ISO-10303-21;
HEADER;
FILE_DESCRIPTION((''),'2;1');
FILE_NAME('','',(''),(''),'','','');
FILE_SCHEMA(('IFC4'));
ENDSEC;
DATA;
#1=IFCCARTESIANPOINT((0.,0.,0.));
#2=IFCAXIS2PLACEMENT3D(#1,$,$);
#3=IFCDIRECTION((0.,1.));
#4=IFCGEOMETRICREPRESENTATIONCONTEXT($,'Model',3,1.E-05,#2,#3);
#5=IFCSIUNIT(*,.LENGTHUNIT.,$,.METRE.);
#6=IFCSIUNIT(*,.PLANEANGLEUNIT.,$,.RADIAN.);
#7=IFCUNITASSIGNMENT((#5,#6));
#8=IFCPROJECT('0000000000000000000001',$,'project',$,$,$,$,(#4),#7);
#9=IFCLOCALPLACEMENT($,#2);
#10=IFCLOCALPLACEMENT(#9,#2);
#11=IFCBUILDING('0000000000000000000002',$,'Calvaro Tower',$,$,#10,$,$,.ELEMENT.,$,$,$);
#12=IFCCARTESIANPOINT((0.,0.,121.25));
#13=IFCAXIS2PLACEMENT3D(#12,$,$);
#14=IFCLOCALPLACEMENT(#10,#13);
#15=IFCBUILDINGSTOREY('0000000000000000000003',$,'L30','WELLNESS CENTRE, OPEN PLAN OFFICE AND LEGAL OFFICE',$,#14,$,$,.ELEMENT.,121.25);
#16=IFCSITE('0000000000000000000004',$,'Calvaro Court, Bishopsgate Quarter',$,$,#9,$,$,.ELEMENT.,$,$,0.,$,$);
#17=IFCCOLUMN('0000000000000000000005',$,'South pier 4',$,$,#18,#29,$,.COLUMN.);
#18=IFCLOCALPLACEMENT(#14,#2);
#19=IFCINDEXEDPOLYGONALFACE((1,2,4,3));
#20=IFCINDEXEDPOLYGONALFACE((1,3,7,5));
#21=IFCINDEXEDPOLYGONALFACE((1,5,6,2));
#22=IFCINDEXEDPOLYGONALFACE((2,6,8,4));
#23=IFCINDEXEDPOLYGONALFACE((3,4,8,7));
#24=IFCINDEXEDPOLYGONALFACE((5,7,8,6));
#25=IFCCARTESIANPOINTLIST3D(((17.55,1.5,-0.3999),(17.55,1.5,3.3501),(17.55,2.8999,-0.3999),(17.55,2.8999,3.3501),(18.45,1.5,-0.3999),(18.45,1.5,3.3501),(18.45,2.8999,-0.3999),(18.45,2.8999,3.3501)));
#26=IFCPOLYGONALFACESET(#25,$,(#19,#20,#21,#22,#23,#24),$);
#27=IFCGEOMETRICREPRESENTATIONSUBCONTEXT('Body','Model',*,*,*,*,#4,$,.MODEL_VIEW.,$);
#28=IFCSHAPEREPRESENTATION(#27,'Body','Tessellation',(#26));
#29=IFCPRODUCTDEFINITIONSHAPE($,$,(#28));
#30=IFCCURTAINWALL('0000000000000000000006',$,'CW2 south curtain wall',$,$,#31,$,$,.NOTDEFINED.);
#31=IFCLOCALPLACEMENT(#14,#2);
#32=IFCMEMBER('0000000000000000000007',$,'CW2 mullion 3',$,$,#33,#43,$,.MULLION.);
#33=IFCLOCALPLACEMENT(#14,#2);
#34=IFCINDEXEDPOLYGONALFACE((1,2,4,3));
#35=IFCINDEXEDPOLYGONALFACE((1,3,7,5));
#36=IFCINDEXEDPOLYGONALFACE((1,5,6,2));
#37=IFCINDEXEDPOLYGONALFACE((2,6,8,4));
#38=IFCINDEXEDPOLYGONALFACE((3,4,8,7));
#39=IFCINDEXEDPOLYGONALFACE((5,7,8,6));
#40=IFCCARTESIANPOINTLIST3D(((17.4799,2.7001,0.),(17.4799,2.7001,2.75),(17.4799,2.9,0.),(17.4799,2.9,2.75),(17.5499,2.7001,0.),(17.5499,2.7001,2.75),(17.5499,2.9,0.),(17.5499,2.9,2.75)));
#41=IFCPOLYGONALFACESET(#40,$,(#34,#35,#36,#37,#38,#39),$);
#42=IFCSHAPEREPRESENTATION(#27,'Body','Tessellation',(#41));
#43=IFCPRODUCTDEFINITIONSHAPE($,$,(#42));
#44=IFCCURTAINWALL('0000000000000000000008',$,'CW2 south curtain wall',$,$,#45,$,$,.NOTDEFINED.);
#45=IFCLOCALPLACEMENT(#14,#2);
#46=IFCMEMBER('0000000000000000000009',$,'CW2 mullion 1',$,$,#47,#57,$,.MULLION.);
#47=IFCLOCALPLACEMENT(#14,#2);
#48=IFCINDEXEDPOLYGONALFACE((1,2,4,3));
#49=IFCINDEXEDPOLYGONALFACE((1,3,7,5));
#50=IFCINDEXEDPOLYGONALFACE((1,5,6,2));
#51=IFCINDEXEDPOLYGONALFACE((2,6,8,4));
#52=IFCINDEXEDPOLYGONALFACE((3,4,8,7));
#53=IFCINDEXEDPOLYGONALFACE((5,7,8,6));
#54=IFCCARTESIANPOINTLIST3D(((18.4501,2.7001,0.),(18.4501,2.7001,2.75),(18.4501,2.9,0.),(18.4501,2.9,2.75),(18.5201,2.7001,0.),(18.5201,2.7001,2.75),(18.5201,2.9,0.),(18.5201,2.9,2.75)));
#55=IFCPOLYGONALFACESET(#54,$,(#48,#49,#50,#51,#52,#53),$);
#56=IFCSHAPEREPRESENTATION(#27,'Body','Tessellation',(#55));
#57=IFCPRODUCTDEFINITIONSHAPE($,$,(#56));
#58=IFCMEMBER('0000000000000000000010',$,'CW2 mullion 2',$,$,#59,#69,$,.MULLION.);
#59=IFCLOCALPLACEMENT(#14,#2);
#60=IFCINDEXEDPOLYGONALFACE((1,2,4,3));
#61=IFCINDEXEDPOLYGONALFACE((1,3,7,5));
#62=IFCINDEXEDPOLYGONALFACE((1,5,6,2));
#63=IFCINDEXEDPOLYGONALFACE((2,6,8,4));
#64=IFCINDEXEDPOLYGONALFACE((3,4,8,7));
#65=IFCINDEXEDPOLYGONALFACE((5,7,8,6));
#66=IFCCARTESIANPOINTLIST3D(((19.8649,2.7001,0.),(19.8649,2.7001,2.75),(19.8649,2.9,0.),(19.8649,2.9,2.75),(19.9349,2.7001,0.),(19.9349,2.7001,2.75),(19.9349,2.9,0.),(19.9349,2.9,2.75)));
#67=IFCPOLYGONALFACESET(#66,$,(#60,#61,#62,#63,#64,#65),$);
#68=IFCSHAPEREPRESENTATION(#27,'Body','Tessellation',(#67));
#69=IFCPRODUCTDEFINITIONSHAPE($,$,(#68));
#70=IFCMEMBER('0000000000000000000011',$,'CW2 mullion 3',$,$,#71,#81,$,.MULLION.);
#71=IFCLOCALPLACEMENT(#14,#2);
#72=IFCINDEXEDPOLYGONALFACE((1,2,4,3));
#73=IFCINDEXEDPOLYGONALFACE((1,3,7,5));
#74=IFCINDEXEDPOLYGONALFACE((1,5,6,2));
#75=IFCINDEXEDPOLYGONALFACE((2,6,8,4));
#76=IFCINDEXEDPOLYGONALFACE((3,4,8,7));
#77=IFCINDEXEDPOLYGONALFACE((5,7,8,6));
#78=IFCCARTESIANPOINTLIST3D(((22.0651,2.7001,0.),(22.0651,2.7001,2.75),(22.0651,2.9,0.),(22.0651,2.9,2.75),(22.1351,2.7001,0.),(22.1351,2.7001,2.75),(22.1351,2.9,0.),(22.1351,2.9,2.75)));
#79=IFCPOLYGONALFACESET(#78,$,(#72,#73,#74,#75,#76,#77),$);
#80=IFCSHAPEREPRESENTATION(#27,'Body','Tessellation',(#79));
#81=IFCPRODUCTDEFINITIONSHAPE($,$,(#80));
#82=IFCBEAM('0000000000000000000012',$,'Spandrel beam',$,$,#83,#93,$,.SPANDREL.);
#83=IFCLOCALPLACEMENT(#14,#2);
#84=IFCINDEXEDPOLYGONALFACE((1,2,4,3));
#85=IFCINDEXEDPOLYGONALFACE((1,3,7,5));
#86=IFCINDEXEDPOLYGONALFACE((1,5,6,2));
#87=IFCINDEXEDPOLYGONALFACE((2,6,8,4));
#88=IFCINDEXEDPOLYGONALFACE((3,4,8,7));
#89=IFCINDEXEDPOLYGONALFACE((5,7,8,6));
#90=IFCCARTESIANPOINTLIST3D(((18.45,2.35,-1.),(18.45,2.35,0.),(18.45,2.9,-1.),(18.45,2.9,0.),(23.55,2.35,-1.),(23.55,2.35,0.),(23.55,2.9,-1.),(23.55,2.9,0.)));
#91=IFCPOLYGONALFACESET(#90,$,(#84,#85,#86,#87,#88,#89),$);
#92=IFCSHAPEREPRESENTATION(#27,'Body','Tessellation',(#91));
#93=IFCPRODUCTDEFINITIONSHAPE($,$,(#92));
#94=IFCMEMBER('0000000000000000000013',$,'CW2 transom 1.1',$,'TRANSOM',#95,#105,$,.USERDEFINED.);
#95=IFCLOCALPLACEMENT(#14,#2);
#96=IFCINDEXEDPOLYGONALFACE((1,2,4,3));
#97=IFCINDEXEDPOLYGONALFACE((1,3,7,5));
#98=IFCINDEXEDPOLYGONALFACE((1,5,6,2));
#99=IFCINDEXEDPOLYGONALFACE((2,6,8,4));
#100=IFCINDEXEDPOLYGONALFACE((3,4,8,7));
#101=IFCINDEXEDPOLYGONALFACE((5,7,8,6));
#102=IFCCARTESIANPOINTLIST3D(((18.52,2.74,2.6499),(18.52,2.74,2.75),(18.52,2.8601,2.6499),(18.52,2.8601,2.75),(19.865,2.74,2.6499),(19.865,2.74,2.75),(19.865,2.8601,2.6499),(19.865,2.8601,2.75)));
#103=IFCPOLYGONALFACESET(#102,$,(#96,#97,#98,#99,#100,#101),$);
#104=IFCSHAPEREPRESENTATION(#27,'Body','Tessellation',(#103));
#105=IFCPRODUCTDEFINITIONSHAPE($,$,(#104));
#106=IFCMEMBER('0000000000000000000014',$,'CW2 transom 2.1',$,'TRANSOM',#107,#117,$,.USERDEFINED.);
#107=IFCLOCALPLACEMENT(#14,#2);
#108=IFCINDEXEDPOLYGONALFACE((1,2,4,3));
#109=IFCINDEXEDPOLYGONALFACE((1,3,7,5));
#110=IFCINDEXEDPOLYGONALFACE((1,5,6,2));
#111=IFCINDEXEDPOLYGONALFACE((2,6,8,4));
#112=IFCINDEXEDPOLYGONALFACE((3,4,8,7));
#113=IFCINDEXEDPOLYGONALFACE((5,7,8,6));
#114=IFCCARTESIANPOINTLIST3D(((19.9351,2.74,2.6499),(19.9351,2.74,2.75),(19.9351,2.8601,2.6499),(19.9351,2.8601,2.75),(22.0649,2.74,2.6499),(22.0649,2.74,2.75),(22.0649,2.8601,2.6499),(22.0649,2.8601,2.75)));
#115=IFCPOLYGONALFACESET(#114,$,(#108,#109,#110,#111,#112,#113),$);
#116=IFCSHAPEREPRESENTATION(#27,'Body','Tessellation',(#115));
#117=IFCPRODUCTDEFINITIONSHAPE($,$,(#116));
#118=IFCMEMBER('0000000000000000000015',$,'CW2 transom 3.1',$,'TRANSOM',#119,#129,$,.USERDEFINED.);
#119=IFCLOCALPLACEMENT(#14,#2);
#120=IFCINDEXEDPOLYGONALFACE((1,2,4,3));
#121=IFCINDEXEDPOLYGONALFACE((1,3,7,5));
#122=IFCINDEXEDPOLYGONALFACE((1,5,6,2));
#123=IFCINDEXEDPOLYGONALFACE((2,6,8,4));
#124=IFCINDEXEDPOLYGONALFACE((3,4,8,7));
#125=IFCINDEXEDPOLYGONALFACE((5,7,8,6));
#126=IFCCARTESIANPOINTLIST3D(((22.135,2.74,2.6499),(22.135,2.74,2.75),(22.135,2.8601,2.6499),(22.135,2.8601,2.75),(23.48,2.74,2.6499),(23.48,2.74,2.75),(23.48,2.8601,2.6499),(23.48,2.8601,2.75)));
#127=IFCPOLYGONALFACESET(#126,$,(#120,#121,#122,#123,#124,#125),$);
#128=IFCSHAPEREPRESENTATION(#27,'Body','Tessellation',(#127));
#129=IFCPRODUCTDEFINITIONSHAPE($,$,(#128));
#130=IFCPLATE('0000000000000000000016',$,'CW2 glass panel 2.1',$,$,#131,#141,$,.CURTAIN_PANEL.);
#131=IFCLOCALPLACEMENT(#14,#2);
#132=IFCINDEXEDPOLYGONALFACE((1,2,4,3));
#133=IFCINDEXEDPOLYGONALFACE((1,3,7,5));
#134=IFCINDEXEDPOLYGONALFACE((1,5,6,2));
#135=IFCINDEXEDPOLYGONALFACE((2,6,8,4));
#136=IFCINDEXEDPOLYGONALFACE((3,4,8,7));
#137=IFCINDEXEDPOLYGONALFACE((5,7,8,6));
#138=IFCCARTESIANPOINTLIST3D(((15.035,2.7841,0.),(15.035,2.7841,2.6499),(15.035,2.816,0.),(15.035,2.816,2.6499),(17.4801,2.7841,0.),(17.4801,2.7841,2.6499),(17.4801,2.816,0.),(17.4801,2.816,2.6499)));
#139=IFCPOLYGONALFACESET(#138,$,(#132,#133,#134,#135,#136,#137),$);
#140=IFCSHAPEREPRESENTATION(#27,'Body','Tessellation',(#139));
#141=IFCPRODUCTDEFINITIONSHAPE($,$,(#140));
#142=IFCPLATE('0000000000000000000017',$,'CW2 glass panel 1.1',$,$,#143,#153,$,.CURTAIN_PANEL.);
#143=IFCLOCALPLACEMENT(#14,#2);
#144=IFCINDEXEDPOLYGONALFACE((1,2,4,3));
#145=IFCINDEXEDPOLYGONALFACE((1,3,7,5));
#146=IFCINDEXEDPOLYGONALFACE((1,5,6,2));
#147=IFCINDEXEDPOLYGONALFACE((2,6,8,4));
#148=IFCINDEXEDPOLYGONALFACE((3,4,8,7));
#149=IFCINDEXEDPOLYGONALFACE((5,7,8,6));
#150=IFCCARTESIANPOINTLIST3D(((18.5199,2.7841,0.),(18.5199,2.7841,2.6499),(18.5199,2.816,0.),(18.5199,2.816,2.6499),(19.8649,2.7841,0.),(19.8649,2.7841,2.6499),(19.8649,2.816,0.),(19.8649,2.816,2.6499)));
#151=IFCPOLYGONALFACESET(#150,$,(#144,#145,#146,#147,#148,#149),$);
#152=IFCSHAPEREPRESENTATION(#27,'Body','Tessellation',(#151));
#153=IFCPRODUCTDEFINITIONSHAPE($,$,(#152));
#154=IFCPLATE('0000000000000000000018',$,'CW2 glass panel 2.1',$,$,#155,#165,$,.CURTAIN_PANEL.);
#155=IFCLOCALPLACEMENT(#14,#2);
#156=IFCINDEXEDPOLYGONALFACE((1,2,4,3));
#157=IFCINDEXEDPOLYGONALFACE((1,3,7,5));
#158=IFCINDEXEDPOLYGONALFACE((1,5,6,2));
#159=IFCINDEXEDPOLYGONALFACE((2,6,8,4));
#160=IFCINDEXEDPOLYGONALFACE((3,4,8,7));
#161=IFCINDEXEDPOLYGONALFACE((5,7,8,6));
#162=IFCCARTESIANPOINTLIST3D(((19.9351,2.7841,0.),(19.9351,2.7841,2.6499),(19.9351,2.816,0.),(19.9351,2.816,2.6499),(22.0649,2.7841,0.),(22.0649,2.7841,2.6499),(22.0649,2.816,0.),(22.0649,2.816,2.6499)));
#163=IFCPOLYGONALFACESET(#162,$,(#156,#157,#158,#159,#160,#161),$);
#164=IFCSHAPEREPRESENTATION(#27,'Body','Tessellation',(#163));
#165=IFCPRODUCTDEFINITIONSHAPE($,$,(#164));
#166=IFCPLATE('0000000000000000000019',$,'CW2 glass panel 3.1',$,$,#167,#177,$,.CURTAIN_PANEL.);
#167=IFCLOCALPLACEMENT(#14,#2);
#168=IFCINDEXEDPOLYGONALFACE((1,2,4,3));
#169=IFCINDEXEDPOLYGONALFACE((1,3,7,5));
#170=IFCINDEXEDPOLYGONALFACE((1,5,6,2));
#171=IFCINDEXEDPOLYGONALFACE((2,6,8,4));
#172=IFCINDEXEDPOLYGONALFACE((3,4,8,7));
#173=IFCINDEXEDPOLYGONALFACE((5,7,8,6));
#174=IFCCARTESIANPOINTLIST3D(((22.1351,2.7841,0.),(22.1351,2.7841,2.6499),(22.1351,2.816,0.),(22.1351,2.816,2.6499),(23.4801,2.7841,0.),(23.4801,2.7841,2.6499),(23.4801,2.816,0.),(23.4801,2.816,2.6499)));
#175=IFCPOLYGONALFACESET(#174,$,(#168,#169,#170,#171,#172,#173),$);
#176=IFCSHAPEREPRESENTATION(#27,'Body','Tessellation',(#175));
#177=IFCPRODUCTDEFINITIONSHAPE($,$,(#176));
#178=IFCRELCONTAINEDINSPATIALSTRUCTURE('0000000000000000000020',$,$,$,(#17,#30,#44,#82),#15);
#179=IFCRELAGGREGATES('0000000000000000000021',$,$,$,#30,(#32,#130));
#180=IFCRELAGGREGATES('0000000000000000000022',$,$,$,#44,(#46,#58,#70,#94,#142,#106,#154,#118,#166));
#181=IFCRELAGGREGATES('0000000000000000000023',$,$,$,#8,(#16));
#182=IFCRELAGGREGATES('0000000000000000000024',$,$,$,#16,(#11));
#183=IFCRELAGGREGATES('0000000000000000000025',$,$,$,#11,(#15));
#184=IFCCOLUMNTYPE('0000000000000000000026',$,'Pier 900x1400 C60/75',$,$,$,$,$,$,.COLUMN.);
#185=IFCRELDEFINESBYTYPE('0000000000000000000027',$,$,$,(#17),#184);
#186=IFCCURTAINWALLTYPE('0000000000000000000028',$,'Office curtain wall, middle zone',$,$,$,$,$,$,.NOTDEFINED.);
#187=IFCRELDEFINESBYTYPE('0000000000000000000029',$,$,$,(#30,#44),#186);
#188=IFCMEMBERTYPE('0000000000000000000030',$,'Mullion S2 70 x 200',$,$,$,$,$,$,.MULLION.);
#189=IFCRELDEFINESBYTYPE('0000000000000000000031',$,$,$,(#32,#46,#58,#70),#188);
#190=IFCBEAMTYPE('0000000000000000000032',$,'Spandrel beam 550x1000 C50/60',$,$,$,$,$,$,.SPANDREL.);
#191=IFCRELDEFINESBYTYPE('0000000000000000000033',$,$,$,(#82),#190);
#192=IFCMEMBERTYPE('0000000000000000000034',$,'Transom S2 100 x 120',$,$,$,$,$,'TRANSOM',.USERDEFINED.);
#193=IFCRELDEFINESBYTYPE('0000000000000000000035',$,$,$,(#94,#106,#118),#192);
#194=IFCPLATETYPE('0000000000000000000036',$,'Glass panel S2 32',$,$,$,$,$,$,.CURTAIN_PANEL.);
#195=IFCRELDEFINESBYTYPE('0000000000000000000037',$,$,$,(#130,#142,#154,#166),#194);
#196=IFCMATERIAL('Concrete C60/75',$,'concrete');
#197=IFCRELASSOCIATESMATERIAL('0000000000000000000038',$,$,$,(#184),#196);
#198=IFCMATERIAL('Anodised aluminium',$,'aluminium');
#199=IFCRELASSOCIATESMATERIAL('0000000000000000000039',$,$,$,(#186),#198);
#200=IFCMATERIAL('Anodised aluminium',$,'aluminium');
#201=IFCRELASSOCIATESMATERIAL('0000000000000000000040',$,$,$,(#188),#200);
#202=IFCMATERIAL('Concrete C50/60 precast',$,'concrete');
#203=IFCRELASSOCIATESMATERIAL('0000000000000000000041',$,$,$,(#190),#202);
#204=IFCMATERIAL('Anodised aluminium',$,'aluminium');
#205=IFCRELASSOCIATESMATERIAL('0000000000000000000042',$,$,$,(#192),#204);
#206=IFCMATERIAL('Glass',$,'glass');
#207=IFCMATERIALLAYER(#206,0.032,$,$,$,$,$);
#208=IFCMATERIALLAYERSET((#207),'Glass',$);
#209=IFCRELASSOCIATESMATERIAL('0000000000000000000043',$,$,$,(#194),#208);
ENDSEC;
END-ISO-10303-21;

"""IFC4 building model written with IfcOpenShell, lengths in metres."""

from ifc_helpers import new_model, si_unit, direction, frame, origin, origin_2d, place, context, subcontext, project, spatial, rectangle, extrude, material, layer, layer_set, material_profile, profile_set, type_object, element, aggregate, save


model = new_model("IFC4")

# Units and contexts
model_context = context("Model", 3, precision=1e-05, world=origin(), true_north=direction((0.0, 1.0)))
body_context = subcontext(model_context, "Body", "Model", "MODEL_VIEW")
ifc_project = project(units=[si_unit("LENGTHUNIT", "METRE"), si_unit("PLANEANGLEUNIT", "RADIAN")], contexts=[model_context])

# Site, building, storey
site_placement = place(None, origin())
site = spatial("IfcSite", under=ifc_project, at=site_placement, Name="Calvaro Court, Bishopsgate Quarter", CompositionType="ELEMENT", RefElevation=0.0)
building_placement = place(site_placement, origin())
building = spatial("IfcBuilding", under=site, at=building_placement, Name="Calvaro Tower", CompositionType="ELEMENT")
storey_placement = place(building_placement, frame((0.0, 0.0, 121.25)))
storey = spatial("IfcBuildingStorey", under=building, at=storey_placement, Name="L30", Description="WELLNESS CENTRE, OPEN PLAN OFFICE AND LEGAL OFFICE", CompositionType="ELEMENT", Elevation=121.25)

# Column
ifc_material_1 = material(Name="Concrete C60/75", Category="concrete")
ifc_material_profile_1 = material_profile(ifc_material_1, rectangle(XDim=0.8999, YDim=1.3999, at=origin_2d()), Name="RC 900x1400")
ifc_profile_set_1 = profile_set([ifc_material_profile_1], Name="Concrete C60/75")
column_type = type_object("IfcColumnType", Name="Pier 900x1400 C60/75", PredefinedType="COLUMN", material=ifc_profile_set_1)
column_placement = place(storey_placement, frame((18.0, 2.2, -0.3999), z_axis=(0.0, 0.0, 1.0), x_axis=(1.0, 0.0, 0.0)))
element("IfcColumn", 1, at=column_placement, inside=storey, type_object=column_type, Name="South pier 4", PredefinedType="COLUMN", context=body_context, shape_type="SweptSolid", body=[
    extrude(rectangle(XDim=0.8999, YDim=1.3999, at=origin_2d()), origin(), (0.0, 0.0, 1.0), 3.75),
])

# Curtain wall, member
ifc_material_2 = material(Name="Anodised aluminium", Category="aluminium")
curtain_wall_type = type_object("IfcCurtainWallType", Name="Office curtain wall, middle zone", PredefinedType="NOTDEFINED", material=ifc_material_2)
curtain_wall_1_placement = place(storey_placement, origin())
curtain_wall_1 = element("IfcCurtainWall", 2, at=curtain_wall_1_placement, inside=storey, type_object=curtain_wall_type, Name="CW2 south curtain wall", PredefinedType="NOTDEFINED")
ifc_material_3 = material(Name="Anodised aluminium", Category="aluminium")
ifc_material_profile_2 = material_profile(ifc_material_3, rectangle(XDim=0.2, YDim=0.0701, at=origin_2d()), Name="Mullion S2 70 x 200")
ifc_profile_set_2 = profile_set([ifc_material_profile_2], Name="Anodised aluminium")
member_type_1 = type_object("IfcMemberType", Name="Mullion S2 70 x 200", PredefinedType="MULLION", material=ifc_profile_set_2)
member_1_placement = place(storey_placement, frame((17.5149, 2.8, 0.0), z_axis=(0.0, 0.0, 1.0), x_axis=(0.0, 1.0, 0.0)))
member_1 = element("IfcMember", 3, at=member_1_placement, type_object=member_type_1, Name="CW2 mullion 3", PredefinedType="MULLION", context=body_context, shape_type="SweptSolid", body=[
    extrude(rectangle(XDim=0.2, YDim=0.0701, at=origin_2d()), origin(), (0.0, 0.0, 1.0), 2.75),
])

# Curtain wall, members
curtain_wall_2_placement = place(storey_placement, origin())
curtain_wall_2 = element("IfcCurtainWall", 4, at=curtain_wall_2_placement, inside=storey, type_object=curtain_wall_type, Name="CW2 south curtain wall", PredefinedType="NOTDEFINED")
member_2_placement = place(storey_placement, frame((18.4851, 2.8, 0.0), z_axis=(0.0, 0.0, 1.0), x_axis=(0.0, 1.0, 0.0)))
member_2 = element("IfcMember", 5, at=member_2_placement, type_object=member_type_1, Name="CW2 mullion 1", PredefinedType="MULLION", context=body_context, shape_type="SweptSolid", body=[
    extrude(rectangle(XDim=0.2, YDim=0.0701, at=origin_2d()), origin(), (0.0, 0.0, 1.0), 2.75),
])
member_3_placement = place(storey_placement, frame((19.8999, 2.8, 0.0), z_axis=(0.0, 0.0, 1.0), x_axis=(0.0, 1.0, 0.0)))
member_3 = element("IfcMember", 6, at=member_3_placement, type_object=member_type_1, Name="CW2 mullion 2", PredefinedType="MULLION", context=body_context, shape_type="SweptSolid", body=[
    extrude(rectangle(XDim=0.2, YDim=0.0701, at=origin_2d()), origin(), (0.0, 0.0, 1.0), 2.75),
])
member_4_placement = place(storey_placement, frame((22.1001, 2.8, 0.0), z_axis=(0.0, 0.0, 1.0), x_axis=(0.0, 1.0, 0.0)))
member_4 = element("IfcMember", 7, at=member_4_placement, type_object=member_type_1, Name="CW2 mullion 3", PredefinedType="MULLION", context=body_context, shape_type="SweptSolid", body=[
    extrude(rectangle(XDim=0.2, YDim=0.0701, at=origin_2d()), origin(), (0.0, 0.0, 1.0), 2.75),
])

# Beam
ifc_material_4 = material(Name="Concrete C50/60 precast", Category="concrete")
ifc_material_profile_3 = material_profile(ifc_material_4, rectangle(XDim=0.55, YDim=1.0, at=origin_2d()), Name="RC 550x1000")
ifc_profile_set_3 = profile_set([ifc_material_profile_3], Name="Concrete C50/60 precast")
beam_type = type_object("IfcBeamType", Name="Spandrel beam 550x1000 C50/60", PredefinedType="SPANDREL", material=ifc_profile_set_3)
beam_placement = place(storey_placement, frame((18.45, 2.625, -0.5), z_axis=(1.0, 0.0, 0.0), x_axis=(0.0, 1.0, 0.0)))
element("IfcBeam", 8, at=beam_placement, inside=storey, type_object=beam_type, Name="Spandrel beam", PredefinedType="SPANDREL", context=body_context, shape_type="SweptSolid", body=[
    extrude(rectangle(XDim=0.55, YDim=1.0, at=origin_2d()), origin(), (0.0, 0.0, 1.0), 5.1001),
])

# Members
ifc_material_5 = material(Name="Anodised aluminium", Category="aluminium")
ifc_material_profile_4 = material_profile(ifc_material_5, rectangle(XDim=0.1201, YDim=0.1001, at=origin_2d()), Name="Transom S2 100 x 120")
ifc_profile_set_4 = profile_set([ifc_material_profile_4], Name="Anodised aluminium")
member_type_2 = type_object("IfcMemberType", Name="Transom S2 100 x 120", ElementType="TRANSOM", PredefinedType="USERDEFINED", material=ifc_profile_set_4)
member_5_placement = place(storey_placement, frame((18.52, 2.8, 2.7), z_axis=(1.0, 0.0, 0.0), x_axis=(0.0, 1.0, 0.0)))
member_5 = element("IfcMember", 9, at=member_5_placement, type_object=member_type_2, Name="CW2 transom 1.1", ObjectType="TRANSOM", PredefinedType="USERDEFINED", context=body_context, shape_type="SweptSolid", body=[
    extrude(rectangle(XDim=0.1201, YDim=0.1001, at=origin_2d()), origin(), (0.0, 0.0, 1.0), 1.345),
])
member_6_placement = place(storey_placement, frame((19.9351, 2.8, 2.7), z_axis=(1.0, 0.0, 0.0), x_axis=(0.0, 1.0, 0.0)))
member_6 = element("IfcMember", 10, at=member_6_placement, type_object=member_type_2, Name="CW2 transom 2.1", ObjectType="TRANSOM", PredefinedType="USERDEFINED", context=body_context, shape_type="SweptSolid", body=[
    extrude(rectangle(XDim=0.1201, YDim=0.1001, at=origin_2d()), origin(), (0.0, 0.0, 1.0), 2.1299),
])
member_7_placement = place(storey_placement, frame((22.135, 2.8, 2.7), z_axis=(1.0, 0.0, 0.0), x_axis=(0.0, 1.0, 0.0)))
member_7 = element("IfcMember", 11, at=member_7_placement, type_object=member_type_2, Name="CW2 transom 3.1", ObjectType="TRANSOM", PredefinedType="USERDEFINED", context=body_context, shape_type="SweptSolid", body=[
    extrude(rectangle(XDim=0.1201, YDim=0.1001, at=origin_2d()), origin(), (0.0, 0.0, 1.0), 1.345),
])

# Plates
ifc_material_6 = material(Name="Glass", Category="glass")
ifc_layer_1 = layer(ifc_material_6, 0.032)
ifc_layer_set_1 = layer_set([ifc_layer_1], Name="Glass")
plate_type = type_object("IfcPlateType", Name="Glass panel S2 32", PredefinedType="CURTAIN_PANEL", material=ifc_layer_set_1)
plate_1_placement = place(storey_placement, frame((16.2576, 2.8, 0.0), z_axis=(0.0, 0.0, 1.0), x_axis=(1.0, 0.0, 0.0)))
plate_1 = element("IfcPlate", 12, at=plate_1_placement, type_object=plate_type, Name="CW2 glass panel 2.1", PredefinedType="CURTAIN_PANEL", context=body_context, shape_type="SweptSolid", body=[
    extrude(rectangle(XDim=2.4451, YDim=0.032, at=origin_2d()), origin(), (0.0, 0.0, 1.0), 2.6499),
])
aggregate(curtain_wall_1, [member_1, plate_1])
plate_2_placement = place(storey_placement, frame((19.1924, 2.8, 0.0), z_axis=(0.0, 0.0, 1.0), x_axis=(1.0, 0.0, 0.0)))
plate_2 = element("IfcPlate", 13, at=plate_2_placement, type_object=plate_type, Name="CW2 glass panel 1.1", PredefinedType="CURTAIN_PANEL", context=body_context, shape_type="SweptSolid", body=[
    extrude(rectangle(XDim=1.345, YDim=0.032, at=origin_2d()), origin(), (0.0, 0.0, 1.0), 2.6499),
])
plate_3_placement = place(storey_placement, frame((21.0, 2.8, 0.0), z_axis=(0.0, 0.0, 1.0), x_axis=(1.0, 0.0, 0.0)))
plate_3 = element("IfcPlate", 14, at=plate_3_placement, type_object=plate_type, Name="CW2 glass panel 2.1", PredefinedType="CURTAIN_PANEL", context=body_context, shape_type="SweptSolid", body=[
    extrude(rectangle(XDim=2.1299, YDim=0.032, at=origin_2d()), origin(), (0.0, 0.0, 1.0), 2.6499),
])
plate_4_placement = place(storey_placement, frame((22.8076, 2.8, 0.0), z_axis=(0.0, 0.0, 1.0), x_axis=(1.0, 0.0, 0.0)))
plate_4 = element("IfcPlate", 15, at=plate_4_placement, type_object=plate_type, Name="CW2 glass panel 3.1", PredefinedType="CURTAIN_PANEL", context=body_context, shape_type="SweptSolid", body=[
    extrude(rectangle(XDim=1.345, YDim=0.032, at=origin_2d()), origin(), (0.0, 0.0, 1.0), 2.6499),
])
aggregate(curtain_wall_2, [member_2, member_3, member_4, member_5, plate_2, member_6, plate_3, member_7, plate_4])

save(model, "model.ifc")
